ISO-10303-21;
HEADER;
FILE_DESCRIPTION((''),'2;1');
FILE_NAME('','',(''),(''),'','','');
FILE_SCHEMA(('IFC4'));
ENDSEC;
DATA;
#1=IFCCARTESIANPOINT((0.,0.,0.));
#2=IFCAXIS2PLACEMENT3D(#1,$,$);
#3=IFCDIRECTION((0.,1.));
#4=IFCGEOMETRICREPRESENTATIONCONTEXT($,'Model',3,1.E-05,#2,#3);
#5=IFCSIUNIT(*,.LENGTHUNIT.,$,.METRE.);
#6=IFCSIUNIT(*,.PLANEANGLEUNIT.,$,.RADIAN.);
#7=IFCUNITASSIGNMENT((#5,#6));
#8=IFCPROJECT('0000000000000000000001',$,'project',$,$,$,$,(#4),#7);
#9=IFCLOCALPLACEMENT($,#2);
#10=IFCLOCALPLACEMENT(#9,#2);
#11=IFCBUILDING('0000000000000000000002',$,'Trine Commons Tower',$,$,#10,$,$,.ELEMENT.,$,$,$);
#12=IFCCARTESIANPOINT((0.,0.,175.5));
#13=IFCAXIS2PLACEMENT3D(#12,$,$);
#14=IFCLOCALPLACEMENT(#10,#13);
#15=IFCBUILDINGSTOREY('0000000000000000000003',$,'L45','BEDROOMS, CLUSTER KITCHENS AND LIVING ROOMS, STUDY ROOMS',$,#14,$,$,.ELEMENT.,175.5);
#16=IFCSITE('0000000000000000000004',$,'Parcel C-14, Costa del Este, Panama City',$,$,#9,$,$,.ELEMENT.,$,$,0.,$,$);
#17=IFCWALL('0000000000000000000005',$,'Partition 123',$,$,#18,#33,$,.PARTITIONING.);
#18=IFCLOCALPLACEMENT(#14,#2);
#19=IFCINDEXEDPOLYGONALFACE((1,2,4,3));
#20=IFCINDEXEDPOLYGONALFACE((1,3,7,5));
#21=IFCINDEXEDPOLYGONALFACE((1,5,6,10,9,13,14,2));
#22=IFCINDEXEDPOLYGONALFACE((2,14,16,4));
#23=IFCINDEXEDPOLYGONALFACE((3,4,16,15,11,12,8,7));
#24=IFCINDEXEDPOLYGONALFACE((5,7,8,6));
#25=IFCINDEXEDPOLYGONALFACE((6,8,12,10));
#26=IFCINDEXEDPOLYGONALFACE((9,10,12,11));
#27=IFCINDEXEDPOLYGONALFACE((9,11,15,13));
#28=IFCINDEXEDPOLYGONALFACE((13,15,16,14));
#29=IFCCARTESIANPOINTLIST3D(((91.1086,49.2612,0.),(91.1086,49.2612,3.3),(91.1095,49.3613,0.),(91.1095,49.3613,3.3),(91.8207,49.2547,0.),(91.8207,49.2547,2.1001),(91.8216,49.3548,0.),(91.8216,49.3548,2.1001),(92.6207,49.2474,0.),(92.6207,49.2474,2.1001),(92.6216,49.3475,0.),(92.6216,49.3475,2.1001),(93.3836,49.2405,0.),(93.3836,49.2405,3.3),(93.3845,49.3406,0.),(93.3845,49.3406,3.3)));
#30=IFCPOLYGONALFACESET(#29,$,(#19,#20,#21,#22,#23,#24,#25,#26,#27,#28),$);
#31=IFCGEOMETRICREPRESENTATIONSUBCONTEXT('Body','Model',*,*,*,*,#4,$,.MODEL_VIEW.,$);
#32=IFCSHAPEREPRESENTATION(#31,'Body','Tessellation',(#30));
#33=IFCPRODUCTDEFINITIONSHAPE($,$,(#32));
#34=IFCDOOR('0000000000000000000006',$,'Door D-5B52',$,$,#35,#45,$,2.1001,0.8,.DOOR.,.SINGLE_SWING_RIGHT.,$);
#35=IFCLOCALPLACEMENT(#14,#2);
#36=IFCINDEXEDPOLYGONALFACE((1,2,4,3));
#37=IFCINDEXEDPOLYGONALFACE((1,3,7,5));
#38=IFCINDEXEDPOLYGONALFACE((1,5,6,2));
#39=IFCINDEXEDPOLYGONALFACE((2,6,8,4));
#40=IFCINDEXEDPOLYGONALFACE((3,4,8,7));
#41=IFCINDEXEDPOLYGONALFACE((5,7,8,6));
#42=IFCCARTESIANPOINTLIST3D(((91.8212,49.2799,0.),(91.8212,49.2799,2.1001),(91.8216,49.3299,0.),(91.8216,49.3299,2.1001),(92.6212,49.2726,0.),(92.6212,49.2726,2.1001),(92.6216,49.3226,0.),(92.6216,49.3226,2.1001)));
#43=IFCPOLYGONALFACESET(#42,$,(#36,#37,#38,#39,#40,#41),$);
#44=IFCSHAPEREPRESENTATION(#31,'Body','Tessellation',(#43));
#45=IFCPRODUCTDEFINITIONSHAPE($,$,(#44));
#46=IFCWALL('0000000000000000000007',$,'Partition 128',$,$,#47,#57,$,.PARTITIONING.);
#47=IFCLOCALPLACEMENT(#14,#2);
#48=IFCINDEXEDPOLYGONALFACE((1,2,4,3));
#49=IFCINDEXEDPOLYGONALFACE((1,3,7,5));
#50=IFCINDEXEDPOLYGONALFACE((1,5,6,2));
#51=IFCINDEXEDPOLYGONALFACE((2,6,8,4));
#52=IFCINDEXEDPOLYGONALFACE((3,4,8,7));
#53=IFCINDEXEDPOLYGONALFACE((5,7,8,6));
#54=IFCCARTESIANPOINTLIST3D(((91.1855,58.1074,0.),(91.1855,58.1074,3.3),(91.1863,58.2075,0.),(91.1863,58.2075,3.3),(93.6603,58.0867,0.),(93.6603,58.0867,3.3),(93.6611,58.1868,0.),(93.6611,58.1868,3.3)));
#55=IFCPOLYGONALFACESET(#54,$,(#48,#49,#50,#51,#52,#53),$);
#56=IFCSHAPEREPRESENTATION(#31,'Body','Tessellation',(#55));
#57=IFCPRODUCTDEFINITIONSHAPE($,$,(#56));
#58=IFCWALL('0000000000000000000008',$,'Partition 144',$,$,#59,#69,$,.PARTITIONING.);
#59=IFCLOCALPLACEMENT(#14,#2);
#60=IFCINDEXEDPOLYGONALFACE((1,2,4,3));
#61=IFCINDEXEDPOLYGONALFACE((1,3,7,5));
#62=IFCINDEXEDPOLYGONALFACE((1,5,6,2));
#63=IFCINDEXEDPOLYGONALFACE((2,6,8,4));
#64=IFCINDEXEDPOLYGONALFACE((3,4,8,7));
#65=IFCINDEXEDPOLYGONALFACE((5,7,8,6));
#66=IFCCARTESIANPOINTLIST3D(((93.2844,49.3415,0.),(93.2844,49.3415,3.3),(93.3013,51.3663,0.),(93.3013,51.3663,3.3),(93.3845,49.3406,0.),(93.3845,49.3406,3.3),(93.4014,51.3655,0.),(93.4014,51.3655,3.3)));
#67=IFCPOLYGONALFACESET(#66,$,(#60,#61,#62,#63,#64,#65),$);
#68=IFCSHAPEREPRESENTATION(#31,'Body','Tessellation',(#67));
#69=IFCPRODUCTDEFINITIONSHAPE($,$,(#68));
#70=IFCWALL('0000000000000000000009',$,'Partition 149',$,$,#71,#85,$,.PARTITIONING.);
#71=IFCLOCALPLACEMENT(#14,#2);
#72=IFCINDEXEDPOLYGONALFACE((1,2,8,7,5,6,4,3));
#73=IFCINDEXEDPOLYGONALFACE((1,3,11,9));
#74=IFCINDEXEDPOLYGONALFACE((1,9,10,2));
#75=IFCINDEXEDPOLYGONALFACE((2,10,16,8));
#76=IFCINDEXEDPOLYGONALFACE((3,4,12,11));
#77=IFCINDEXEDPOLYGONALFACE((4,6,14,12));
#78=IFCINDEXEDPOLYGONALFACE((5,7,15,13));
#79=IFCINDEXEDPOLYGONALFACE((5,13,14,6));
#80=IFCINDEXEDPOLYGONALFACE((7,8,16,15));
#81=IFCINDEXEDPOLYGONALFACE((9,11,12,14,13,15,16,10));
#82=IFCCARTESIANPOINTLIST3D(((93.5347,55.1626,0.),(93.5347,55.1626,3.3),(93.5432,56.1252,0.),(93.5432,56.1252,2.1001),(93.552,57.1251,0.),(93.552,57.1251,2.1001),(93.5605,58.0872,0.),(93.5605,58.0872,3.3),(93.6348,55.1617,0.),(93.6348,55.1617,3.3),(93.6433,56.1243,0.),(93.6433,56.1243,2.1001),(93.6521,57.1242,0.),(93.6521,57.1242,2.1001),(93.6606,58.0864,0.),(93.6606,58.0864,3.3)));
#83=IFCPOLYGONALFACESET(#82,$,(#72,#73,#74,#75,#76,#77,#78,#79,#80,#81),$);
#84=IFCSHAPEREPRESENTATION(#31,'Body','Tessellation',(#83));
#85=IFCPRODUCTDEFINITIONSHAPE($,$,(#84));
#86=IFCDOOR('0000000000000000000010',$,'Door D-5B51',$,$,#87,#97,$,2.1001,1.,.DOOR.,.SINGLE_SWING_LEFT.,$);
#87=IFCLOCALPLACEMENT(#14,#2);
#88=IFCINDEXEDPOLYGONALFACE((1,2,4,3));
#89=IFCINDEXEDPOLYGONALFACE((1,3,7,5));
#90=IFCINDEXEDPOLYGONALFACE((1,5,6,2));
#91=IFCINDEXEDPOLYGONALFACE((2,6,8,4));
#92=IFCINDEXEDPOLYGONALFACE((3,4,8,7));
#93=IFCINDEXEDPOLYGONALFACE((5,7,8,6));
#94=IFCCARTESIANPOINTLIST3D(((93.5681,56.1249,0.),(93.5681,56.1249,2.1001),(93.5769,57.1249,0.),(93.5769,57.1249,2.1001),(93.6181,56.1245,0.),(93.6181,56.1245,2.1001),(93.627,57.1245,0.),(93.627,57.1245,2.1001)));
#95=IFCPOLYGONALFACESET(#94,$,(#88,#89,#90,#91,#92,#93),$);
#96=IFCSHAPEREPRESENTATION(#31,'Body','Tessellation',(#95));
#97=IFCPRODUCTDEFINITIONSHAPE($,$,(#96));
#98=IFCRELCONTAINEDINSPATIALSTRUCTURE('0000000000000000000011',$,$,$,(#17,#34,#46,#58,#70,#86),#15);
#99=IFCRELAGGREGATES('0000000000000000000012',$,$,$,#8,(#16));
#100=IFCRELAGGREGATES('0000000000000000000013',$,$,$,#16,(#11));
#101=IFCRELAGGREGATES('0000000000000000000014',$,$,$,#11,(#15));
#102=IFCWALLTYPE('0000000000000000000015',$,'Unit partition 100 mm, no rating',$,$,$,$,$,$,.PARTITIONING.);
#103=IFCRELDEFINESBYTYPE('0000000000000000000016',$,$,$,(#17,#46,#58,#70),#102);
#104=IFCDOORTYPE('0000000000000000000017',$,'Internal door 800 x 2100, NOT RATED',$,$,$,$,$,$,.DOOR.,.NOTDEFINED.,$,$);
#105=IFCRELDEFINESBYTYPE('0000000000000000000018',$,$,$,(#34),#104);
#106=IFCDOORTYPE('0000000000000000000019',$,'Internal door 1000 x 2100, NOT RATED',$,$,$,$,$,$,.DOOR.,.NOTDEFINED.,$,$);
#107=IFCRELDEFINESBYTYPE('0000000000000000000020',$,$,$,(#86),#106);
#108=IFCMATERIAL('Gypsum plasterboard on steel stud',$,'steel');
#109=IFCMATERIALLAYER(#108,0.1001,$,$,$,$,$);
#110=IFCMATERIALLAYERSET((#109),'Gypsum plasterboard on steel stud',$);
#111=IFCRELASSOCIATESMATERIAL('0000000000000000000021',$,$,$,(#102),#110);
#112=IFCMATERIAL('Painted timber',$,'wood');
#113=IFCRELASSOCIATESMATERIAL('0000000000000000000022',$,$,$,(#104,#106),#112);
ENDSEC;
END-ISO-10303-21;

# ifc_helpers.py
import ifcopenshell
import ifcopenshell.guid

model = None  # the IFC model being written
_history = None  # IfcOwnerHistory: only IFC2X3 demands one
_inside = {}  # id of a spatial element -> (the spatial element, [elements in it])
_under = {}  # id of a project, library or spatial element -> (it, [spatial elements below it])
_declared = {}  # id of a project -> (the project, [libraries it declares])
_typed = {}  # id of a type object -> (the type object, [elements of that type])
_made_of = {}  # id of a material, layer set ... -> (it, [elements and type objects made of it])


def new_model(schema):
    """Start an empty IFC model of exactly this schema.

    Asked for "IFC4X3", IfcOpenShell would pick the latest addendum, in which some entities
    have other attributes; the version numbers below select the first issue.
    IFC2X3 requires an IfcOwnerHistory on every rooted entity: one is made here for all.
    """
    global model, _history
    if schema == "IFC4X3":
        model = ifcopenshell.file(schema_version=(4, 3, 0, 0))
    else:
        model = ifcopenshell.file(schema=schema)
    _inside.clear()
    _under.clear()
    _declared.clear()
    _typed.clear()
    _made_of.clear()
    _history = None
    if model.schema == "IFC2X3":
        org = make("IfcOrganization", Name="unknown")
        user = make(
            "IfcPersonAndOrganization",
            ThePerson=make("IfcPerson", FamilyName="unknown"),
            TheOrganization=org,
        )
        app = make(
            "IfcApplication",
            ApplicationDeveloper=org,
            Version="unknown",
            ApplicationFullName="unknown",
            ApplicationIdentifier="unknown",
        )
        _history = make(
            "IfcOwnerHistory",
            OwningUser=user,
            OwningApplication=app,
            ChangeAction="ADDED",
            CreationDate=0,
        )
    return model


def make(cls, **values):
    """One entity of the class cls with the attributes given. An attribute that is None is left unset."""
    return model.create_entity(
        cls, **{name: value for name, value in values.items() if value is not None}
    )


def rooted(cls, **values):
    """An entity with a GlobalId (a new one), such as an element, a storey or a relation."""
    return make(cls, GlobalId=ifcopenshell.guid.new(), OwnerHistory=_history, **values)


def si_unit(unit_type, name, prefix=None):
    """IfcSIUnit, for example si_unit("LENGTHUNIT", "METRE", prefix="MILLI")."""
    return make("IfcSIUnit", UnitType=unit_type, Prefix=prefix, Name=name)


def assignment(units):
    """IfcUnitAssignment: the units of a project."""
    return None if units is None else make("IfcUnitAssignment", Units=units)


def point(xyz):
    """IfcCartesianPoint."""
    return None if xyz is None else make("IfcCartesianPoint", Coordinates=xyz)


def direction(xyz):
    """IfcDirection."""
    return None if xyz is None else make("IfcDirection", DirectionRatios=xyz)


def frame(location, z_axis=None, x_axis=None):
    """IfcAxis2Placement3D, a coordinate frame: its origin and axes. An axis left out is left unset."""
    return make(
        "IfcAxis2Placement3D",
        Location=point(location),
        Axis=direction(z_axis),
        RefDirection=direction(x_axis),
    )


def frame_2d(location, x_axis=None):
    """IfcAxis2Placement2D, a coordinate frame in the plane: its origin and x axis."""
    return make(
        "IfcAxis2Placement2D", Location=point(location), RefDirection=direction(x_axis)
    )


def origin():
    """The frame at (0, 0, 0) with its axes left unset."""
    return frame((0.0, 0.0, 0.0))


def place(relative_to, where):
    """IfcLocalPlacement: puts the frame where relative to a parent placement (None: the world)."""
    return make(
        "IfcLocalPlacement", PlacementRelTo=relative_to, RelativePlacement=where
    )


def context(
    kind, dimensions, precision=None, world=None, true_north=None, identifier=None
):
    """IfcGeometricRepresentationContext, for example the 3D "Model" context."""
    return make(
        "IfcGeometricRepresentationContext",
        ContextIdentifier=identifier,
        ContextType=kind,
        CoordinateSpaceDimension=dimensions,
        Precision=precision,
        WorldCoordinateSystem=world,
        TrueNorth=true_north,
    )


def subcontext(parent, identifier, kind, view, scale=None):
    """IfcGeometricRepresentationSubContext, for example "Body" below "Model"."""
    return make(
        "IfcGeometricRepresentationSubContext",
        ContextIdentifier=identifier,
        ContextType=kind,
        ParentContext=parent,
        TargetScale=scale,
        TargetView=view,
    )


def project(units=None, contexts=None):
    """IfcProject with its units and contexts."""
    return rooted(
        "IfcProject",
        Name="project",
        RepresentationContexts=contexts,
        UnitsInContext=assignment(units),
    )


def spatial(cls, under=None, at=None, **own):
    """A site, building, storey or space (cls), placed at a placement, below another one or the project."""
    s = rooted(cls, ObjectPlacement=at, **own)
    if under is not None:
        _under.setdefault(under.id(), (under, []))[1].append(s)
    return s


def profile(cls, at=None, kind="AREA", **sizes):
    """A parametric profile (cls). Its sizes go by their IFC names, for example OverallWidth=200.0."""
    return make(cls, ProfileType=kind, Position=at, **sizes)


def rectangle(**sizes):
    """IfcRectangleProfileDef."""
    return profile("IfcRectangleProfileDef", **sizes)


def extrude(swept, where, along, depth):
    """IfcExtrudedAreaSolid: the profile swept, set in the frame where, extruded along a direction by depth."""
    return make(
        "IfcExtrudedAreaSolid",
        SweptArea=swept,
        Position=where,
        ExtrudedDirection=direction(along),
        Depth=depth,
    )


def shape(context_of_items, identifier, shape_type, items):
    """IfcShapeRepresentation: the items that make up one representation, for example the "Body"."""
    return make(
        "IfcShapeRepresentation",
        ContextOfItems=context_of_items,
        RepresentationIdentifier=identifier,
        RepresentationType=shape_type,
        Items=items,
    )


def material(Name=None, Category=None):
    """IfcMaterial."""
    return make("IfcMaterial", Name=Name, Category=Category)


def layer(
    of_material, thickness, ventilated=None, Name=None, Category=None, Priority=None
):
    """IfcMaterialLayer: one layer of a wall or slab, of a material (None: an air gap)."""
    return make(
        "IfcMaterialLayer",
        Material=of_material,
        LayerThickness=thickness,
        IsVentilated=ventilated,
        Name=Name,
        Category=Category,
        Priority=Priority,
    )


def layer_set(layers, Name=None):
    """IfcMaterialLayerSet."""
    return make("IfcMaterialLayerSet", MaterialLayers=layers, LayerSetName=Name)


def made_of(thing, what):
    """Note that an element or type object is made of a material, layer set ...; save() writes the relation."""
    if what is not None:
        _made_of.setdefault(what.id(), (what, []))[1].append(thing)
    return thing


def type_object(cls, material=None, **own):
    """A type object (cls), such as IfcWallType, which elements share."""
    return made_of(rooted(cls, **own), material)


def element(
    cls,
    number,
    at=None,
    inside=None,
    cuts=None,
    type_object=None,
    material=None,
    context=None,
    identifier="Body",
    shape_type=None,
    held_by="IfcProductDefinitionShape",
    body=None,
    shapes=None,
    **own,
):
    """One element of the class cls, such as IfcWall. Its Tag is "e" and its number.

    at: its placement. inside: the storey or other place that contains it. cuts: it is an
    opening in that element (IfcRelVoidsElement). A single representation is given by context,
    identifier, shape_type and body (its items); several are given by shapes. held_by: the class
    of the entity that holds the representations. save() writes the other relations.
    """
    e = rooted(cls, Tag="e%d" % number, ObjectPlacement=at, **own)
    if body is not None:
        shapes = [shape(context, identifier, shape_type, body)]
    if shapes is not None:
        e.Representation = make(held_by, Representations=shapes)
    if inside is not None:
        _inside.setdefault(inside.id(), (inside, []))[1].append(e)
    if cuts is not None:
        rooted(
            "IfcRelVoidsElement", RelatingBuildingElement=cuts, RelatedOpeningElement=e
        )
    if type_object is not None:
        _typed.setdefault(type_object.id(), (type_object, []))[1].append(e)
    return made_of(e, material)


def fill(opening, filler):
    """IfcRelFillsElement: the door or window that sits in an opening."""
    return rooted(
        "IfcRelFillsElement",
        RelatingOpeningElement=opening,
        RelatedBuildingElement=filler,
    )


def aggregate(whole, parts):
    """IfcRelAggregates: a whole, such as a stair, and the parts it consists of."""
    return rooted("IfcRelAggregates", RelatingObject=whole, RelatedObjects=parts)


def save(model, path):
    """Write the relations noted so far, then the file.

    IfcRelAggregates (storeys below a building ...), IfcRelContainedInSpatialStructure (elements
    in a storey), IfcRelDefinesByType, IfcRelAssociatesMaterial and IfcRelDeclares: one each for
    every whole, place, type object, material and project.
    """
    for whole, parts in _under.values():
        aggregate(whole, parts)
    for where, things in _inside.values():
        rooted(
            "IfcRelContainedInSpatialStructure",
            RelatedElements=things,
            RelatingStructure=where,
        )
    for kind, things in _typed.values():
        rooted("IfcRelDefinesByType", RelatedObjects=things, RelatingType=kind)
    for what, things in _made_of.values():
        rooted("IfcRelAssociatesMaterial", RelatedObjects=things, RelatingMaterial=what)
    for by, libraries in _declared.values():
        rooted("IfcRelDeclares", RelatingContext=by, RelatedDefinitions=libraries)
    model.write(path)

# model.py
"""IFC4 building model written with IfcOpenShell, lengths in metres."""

from ifc_helpers import new_model, si_unit, direction, frame, frame_2d, origin, place, context, subcontext, project, spatial, rectangle, extrude, material, layer, layer_set, type_object, element, fill, save


model = new_model("IFC4")

# Units and contexts
model_context = context("Model", 3, precision=1e-05, world=origin(), true_north=direction((0.0, 1.0)))
body_context = subcontext(model_context, "Body", "Model", "MODEL_VIEW")
ifc_project = project(units=[si_unit("LENGTHUNIT", "METRE"), si_unit("PLANEANGLEUNIT", "RADIAN")], contexts=[model_context])

# Site, building, storey
site_placement = place(None, origin())
site = spatial("IfcSite", under=ifc_project, at=site_placement, Name="Parcel C-14, Costa del Este, Panama City", CompositionType="ELEMENT", RefElevation=0.0)
building_placement = place(site_placement, origin())
building = spatial("IfcBuilding", under=site, at=building_placement, Name="Trine Commons Tower", CompositionType="ELEMENT")
storey_placement = place(building_placement, frame((0.0, 0.0, 175.5)))
storey = spatial("IfcBuildingStorey", under=building, at=storey_placement, Name="L45", Description="BEDROOMS, CLUSTER KITCHENS AND LIVING ROOMS, STUDY ROOMS", CompositionType="ELEMENT", Elevation=175.5)

# Shared definitions
ifc_material_1 = material(Name="Gypsum plasterboard on steel stud", Category="steel")
ifc_material_2 = material(Name="Painted timber", Category="wood")

# Wall, opening, door
ifc_layer_1 = layer(ifc_material_1, 0.1001)
ifc_layer_set_1 = layer_set([ifc_layer_1], Name="Gypsum plasterboard on steel stud")
wall_type_1 = type_object("IfcWallType", Name="Unit partition 100 mm, no rating", PredefinedType="PARTITIONING", material=ifc_layer_set_1)
wall_1_placement = place(storey_placement, frame((91.1089, 49.3113, 0.0), z_axis=(0.0, 0.0, 1.0), x_axis=(0.999958, -0.009121, 0.0)))
wall_1 = element("IfcWall", 1, at=wall_1_placement, inside=storey, type_object=wall_type_1, Name="Partition 123", PredefinedType="PARTITIONING", context=body_context, shape_type="SweptSolid", body=[
    extrude(rectangle(XDim=2.2751, YDim=0.1001, at=frame_2d((1.1377, 0.0))), origin(), (0.0, 0.0, 1.0), 3.3),
])
opening_1_placement = place(wall_1_placement, frame((0.7124, 0.0, 0.0)))
opening_1 = element("IfcOpeningElement", 2, at=opening_1_placement, cuts=wall_1, PredefinedType="OPENING", context=body_context, shape_type="SweptSolid", body=[
    extrude(rectangle(XDim=0.8, YDim=2.1001, at=frame_2d((0.3999, 1.05))), frame((0.0, 0.0601, 0.0), z_axis=(0.0, -1.0, 0.0), x_axis=(1.0, 0.0, 0.0)), (0.0, 0.0, 1.0), 0.1201),
])
door_type_1 = type_object("IfcDoorType", Name="Internal door 800 x 2100, NOT RATED", OperationType="NOTDEFINED", PredefinedType="DOOR", material=ifc_material_2)
door_1_placement = place(opening_1_placement, frame((0.8, 0.0, 0.0), z_axis=(0.0, 0.0, 1.0), x_axis=(-1.0, 0.0, 0.0)))
door_1 = element("IfcDoor", 3, at=door_1_placement, inside=storey, type_object=door_type_1, Name="Door D-5B52", OperationType="SINGLE_SWING_RIGHT", OverallHeight=2.1001, OverallWidth=0.8, PredefinedType="DOOR", context=body_context, shape_type="SweptSolid", body=[
    extrude(rectangle(XDim=0.8, YDim=2.1001, at=frame_2d((0.3999, 1.05))), frame((0.0, 0.0249, 0.0), z_axis=(0.0, -1.0, 0.0), x_axis=(1.0, 0.0, 0.0)), (0.0, 0.0, 1.0), 0.05),
])
fill(opening_1, door_1)

# Walls
wall_2_placement = place(storey_placement, frame((91.186, 58.1575, 0.0), z_axis=(0.0, 0.0, 1.0), x_axis=(0.999965, -0.008385, 0.0)))
element("IfcWall", 4, at=wall_2_placement, inside=storey, type_object=wall_type_1, Name="Partition 128", PredefinedType="PARTITIONING", context=body_context, shape_type="SweptSolid", body=[
    extrude(rectangle(XDim=2.4749, YDim=0.1001, at=frame_2d((1.2373, 0.0))), origin(), (0.0, 0.0, 1.0), 3.3),
])
wall_3_placement = place(storey_placement, frame((93.3345, 49.3411, 0.0), z_axis=(0.0, 0.0, 1.0), x_axis=(0.008319, 0.999965, 0.0)))
element("IfcWall", 5, at=wall_3_placement, inside=storey, type_object=wall_type_1, Name="Partition 144", PredefinedType="PARTITIONING", context=body_context, shape_type="SweptSolid", body=[
    extrude(rectangle(XDim=2.0249, YDim=0.1001, at=frame_2d((1.0125, 0.0))), origin(), (0.0, 0.0, 1.0), 3.3),
])

# Wall, opening, door
wall_4_placement = place(storey_placement, frame((93.5847, 55.1621, 0.0), z_axis=(0.0, 0.0, 1.0), x_axis=(0.008848, 0.999961, 0.0)))
wall_4 = element("IfcWall", 6, at=wall_4_placement, inside=storey, type_object=wall_type_1, Name="Partition 149", PredefinedType="PARTITIONING", context=body_context, shape_type="SweptSolid", body=[
    extrude(rectangle(XDim=2.9248, YDim=0.1001, at=frame_2d((1.4624, 0.0))), origin(), (0.0, 0.0, 1.0), 3.3),
])
opening_2_placement = place(wall_4_placement, frame((0.9626, 0.0, 0.0)))
opening_2 = element("IfcOpeningElement", 7, at=opening_2_placement, cuts=wall_4, PredefinedType="OPENING", context=body_context, shape_type="SweptSolid", body=[
    extrude(rectangle(XDim=1.0, YDim=2.1001, at=frame_2d((0.5, 1.05))), frame((0.0, 0.0601, 0.0), z_axis=(0.0, -1.0, 0.0), x_axis=(1.0, 0.0, 0.0)), (0.0, 0.0, 1.0), 0.1201),
])
door_type_2 = type_object("IfcDoorType", Name="Internal door 1000 x 2100, NOT RATED", OperationType="NOTDEFINED", PredefinedType="DOOR", material=ifc_material_2)
door_2_placement = place(opening_2_placement, frame((1.0, 0.0, 0.0), z_axis=(0.0, 0.0, 1.0), x_axis=(-1.0, 0.0, 0.0)))
door_2 = element("IfcDoor", 8, at=door_2_placement, inside=storey, type_object=door_type_2, Name="Door D-5B51", OperationType="SINGLE_SWING_LEFT", OverallHeight=2.1001, OverallWidth=1.0, PredefinedType="DOOR", context=body_context, shape_type="SweptSolid", body=[
    extrude(rectangle(XDim=1.0, YDim=2.1001, at=frame_2d((0.5, 1.05))), frame((0.0, 0.0249, 0.0), z_axis=(0.0, -1.0, 0.0), x_axis=(1.0, 0.0, 0.0)), (0.0, 0.0, 1.0), 0.05),
])
fill(opening_2, door_2)

save(model, "model.ifc")
